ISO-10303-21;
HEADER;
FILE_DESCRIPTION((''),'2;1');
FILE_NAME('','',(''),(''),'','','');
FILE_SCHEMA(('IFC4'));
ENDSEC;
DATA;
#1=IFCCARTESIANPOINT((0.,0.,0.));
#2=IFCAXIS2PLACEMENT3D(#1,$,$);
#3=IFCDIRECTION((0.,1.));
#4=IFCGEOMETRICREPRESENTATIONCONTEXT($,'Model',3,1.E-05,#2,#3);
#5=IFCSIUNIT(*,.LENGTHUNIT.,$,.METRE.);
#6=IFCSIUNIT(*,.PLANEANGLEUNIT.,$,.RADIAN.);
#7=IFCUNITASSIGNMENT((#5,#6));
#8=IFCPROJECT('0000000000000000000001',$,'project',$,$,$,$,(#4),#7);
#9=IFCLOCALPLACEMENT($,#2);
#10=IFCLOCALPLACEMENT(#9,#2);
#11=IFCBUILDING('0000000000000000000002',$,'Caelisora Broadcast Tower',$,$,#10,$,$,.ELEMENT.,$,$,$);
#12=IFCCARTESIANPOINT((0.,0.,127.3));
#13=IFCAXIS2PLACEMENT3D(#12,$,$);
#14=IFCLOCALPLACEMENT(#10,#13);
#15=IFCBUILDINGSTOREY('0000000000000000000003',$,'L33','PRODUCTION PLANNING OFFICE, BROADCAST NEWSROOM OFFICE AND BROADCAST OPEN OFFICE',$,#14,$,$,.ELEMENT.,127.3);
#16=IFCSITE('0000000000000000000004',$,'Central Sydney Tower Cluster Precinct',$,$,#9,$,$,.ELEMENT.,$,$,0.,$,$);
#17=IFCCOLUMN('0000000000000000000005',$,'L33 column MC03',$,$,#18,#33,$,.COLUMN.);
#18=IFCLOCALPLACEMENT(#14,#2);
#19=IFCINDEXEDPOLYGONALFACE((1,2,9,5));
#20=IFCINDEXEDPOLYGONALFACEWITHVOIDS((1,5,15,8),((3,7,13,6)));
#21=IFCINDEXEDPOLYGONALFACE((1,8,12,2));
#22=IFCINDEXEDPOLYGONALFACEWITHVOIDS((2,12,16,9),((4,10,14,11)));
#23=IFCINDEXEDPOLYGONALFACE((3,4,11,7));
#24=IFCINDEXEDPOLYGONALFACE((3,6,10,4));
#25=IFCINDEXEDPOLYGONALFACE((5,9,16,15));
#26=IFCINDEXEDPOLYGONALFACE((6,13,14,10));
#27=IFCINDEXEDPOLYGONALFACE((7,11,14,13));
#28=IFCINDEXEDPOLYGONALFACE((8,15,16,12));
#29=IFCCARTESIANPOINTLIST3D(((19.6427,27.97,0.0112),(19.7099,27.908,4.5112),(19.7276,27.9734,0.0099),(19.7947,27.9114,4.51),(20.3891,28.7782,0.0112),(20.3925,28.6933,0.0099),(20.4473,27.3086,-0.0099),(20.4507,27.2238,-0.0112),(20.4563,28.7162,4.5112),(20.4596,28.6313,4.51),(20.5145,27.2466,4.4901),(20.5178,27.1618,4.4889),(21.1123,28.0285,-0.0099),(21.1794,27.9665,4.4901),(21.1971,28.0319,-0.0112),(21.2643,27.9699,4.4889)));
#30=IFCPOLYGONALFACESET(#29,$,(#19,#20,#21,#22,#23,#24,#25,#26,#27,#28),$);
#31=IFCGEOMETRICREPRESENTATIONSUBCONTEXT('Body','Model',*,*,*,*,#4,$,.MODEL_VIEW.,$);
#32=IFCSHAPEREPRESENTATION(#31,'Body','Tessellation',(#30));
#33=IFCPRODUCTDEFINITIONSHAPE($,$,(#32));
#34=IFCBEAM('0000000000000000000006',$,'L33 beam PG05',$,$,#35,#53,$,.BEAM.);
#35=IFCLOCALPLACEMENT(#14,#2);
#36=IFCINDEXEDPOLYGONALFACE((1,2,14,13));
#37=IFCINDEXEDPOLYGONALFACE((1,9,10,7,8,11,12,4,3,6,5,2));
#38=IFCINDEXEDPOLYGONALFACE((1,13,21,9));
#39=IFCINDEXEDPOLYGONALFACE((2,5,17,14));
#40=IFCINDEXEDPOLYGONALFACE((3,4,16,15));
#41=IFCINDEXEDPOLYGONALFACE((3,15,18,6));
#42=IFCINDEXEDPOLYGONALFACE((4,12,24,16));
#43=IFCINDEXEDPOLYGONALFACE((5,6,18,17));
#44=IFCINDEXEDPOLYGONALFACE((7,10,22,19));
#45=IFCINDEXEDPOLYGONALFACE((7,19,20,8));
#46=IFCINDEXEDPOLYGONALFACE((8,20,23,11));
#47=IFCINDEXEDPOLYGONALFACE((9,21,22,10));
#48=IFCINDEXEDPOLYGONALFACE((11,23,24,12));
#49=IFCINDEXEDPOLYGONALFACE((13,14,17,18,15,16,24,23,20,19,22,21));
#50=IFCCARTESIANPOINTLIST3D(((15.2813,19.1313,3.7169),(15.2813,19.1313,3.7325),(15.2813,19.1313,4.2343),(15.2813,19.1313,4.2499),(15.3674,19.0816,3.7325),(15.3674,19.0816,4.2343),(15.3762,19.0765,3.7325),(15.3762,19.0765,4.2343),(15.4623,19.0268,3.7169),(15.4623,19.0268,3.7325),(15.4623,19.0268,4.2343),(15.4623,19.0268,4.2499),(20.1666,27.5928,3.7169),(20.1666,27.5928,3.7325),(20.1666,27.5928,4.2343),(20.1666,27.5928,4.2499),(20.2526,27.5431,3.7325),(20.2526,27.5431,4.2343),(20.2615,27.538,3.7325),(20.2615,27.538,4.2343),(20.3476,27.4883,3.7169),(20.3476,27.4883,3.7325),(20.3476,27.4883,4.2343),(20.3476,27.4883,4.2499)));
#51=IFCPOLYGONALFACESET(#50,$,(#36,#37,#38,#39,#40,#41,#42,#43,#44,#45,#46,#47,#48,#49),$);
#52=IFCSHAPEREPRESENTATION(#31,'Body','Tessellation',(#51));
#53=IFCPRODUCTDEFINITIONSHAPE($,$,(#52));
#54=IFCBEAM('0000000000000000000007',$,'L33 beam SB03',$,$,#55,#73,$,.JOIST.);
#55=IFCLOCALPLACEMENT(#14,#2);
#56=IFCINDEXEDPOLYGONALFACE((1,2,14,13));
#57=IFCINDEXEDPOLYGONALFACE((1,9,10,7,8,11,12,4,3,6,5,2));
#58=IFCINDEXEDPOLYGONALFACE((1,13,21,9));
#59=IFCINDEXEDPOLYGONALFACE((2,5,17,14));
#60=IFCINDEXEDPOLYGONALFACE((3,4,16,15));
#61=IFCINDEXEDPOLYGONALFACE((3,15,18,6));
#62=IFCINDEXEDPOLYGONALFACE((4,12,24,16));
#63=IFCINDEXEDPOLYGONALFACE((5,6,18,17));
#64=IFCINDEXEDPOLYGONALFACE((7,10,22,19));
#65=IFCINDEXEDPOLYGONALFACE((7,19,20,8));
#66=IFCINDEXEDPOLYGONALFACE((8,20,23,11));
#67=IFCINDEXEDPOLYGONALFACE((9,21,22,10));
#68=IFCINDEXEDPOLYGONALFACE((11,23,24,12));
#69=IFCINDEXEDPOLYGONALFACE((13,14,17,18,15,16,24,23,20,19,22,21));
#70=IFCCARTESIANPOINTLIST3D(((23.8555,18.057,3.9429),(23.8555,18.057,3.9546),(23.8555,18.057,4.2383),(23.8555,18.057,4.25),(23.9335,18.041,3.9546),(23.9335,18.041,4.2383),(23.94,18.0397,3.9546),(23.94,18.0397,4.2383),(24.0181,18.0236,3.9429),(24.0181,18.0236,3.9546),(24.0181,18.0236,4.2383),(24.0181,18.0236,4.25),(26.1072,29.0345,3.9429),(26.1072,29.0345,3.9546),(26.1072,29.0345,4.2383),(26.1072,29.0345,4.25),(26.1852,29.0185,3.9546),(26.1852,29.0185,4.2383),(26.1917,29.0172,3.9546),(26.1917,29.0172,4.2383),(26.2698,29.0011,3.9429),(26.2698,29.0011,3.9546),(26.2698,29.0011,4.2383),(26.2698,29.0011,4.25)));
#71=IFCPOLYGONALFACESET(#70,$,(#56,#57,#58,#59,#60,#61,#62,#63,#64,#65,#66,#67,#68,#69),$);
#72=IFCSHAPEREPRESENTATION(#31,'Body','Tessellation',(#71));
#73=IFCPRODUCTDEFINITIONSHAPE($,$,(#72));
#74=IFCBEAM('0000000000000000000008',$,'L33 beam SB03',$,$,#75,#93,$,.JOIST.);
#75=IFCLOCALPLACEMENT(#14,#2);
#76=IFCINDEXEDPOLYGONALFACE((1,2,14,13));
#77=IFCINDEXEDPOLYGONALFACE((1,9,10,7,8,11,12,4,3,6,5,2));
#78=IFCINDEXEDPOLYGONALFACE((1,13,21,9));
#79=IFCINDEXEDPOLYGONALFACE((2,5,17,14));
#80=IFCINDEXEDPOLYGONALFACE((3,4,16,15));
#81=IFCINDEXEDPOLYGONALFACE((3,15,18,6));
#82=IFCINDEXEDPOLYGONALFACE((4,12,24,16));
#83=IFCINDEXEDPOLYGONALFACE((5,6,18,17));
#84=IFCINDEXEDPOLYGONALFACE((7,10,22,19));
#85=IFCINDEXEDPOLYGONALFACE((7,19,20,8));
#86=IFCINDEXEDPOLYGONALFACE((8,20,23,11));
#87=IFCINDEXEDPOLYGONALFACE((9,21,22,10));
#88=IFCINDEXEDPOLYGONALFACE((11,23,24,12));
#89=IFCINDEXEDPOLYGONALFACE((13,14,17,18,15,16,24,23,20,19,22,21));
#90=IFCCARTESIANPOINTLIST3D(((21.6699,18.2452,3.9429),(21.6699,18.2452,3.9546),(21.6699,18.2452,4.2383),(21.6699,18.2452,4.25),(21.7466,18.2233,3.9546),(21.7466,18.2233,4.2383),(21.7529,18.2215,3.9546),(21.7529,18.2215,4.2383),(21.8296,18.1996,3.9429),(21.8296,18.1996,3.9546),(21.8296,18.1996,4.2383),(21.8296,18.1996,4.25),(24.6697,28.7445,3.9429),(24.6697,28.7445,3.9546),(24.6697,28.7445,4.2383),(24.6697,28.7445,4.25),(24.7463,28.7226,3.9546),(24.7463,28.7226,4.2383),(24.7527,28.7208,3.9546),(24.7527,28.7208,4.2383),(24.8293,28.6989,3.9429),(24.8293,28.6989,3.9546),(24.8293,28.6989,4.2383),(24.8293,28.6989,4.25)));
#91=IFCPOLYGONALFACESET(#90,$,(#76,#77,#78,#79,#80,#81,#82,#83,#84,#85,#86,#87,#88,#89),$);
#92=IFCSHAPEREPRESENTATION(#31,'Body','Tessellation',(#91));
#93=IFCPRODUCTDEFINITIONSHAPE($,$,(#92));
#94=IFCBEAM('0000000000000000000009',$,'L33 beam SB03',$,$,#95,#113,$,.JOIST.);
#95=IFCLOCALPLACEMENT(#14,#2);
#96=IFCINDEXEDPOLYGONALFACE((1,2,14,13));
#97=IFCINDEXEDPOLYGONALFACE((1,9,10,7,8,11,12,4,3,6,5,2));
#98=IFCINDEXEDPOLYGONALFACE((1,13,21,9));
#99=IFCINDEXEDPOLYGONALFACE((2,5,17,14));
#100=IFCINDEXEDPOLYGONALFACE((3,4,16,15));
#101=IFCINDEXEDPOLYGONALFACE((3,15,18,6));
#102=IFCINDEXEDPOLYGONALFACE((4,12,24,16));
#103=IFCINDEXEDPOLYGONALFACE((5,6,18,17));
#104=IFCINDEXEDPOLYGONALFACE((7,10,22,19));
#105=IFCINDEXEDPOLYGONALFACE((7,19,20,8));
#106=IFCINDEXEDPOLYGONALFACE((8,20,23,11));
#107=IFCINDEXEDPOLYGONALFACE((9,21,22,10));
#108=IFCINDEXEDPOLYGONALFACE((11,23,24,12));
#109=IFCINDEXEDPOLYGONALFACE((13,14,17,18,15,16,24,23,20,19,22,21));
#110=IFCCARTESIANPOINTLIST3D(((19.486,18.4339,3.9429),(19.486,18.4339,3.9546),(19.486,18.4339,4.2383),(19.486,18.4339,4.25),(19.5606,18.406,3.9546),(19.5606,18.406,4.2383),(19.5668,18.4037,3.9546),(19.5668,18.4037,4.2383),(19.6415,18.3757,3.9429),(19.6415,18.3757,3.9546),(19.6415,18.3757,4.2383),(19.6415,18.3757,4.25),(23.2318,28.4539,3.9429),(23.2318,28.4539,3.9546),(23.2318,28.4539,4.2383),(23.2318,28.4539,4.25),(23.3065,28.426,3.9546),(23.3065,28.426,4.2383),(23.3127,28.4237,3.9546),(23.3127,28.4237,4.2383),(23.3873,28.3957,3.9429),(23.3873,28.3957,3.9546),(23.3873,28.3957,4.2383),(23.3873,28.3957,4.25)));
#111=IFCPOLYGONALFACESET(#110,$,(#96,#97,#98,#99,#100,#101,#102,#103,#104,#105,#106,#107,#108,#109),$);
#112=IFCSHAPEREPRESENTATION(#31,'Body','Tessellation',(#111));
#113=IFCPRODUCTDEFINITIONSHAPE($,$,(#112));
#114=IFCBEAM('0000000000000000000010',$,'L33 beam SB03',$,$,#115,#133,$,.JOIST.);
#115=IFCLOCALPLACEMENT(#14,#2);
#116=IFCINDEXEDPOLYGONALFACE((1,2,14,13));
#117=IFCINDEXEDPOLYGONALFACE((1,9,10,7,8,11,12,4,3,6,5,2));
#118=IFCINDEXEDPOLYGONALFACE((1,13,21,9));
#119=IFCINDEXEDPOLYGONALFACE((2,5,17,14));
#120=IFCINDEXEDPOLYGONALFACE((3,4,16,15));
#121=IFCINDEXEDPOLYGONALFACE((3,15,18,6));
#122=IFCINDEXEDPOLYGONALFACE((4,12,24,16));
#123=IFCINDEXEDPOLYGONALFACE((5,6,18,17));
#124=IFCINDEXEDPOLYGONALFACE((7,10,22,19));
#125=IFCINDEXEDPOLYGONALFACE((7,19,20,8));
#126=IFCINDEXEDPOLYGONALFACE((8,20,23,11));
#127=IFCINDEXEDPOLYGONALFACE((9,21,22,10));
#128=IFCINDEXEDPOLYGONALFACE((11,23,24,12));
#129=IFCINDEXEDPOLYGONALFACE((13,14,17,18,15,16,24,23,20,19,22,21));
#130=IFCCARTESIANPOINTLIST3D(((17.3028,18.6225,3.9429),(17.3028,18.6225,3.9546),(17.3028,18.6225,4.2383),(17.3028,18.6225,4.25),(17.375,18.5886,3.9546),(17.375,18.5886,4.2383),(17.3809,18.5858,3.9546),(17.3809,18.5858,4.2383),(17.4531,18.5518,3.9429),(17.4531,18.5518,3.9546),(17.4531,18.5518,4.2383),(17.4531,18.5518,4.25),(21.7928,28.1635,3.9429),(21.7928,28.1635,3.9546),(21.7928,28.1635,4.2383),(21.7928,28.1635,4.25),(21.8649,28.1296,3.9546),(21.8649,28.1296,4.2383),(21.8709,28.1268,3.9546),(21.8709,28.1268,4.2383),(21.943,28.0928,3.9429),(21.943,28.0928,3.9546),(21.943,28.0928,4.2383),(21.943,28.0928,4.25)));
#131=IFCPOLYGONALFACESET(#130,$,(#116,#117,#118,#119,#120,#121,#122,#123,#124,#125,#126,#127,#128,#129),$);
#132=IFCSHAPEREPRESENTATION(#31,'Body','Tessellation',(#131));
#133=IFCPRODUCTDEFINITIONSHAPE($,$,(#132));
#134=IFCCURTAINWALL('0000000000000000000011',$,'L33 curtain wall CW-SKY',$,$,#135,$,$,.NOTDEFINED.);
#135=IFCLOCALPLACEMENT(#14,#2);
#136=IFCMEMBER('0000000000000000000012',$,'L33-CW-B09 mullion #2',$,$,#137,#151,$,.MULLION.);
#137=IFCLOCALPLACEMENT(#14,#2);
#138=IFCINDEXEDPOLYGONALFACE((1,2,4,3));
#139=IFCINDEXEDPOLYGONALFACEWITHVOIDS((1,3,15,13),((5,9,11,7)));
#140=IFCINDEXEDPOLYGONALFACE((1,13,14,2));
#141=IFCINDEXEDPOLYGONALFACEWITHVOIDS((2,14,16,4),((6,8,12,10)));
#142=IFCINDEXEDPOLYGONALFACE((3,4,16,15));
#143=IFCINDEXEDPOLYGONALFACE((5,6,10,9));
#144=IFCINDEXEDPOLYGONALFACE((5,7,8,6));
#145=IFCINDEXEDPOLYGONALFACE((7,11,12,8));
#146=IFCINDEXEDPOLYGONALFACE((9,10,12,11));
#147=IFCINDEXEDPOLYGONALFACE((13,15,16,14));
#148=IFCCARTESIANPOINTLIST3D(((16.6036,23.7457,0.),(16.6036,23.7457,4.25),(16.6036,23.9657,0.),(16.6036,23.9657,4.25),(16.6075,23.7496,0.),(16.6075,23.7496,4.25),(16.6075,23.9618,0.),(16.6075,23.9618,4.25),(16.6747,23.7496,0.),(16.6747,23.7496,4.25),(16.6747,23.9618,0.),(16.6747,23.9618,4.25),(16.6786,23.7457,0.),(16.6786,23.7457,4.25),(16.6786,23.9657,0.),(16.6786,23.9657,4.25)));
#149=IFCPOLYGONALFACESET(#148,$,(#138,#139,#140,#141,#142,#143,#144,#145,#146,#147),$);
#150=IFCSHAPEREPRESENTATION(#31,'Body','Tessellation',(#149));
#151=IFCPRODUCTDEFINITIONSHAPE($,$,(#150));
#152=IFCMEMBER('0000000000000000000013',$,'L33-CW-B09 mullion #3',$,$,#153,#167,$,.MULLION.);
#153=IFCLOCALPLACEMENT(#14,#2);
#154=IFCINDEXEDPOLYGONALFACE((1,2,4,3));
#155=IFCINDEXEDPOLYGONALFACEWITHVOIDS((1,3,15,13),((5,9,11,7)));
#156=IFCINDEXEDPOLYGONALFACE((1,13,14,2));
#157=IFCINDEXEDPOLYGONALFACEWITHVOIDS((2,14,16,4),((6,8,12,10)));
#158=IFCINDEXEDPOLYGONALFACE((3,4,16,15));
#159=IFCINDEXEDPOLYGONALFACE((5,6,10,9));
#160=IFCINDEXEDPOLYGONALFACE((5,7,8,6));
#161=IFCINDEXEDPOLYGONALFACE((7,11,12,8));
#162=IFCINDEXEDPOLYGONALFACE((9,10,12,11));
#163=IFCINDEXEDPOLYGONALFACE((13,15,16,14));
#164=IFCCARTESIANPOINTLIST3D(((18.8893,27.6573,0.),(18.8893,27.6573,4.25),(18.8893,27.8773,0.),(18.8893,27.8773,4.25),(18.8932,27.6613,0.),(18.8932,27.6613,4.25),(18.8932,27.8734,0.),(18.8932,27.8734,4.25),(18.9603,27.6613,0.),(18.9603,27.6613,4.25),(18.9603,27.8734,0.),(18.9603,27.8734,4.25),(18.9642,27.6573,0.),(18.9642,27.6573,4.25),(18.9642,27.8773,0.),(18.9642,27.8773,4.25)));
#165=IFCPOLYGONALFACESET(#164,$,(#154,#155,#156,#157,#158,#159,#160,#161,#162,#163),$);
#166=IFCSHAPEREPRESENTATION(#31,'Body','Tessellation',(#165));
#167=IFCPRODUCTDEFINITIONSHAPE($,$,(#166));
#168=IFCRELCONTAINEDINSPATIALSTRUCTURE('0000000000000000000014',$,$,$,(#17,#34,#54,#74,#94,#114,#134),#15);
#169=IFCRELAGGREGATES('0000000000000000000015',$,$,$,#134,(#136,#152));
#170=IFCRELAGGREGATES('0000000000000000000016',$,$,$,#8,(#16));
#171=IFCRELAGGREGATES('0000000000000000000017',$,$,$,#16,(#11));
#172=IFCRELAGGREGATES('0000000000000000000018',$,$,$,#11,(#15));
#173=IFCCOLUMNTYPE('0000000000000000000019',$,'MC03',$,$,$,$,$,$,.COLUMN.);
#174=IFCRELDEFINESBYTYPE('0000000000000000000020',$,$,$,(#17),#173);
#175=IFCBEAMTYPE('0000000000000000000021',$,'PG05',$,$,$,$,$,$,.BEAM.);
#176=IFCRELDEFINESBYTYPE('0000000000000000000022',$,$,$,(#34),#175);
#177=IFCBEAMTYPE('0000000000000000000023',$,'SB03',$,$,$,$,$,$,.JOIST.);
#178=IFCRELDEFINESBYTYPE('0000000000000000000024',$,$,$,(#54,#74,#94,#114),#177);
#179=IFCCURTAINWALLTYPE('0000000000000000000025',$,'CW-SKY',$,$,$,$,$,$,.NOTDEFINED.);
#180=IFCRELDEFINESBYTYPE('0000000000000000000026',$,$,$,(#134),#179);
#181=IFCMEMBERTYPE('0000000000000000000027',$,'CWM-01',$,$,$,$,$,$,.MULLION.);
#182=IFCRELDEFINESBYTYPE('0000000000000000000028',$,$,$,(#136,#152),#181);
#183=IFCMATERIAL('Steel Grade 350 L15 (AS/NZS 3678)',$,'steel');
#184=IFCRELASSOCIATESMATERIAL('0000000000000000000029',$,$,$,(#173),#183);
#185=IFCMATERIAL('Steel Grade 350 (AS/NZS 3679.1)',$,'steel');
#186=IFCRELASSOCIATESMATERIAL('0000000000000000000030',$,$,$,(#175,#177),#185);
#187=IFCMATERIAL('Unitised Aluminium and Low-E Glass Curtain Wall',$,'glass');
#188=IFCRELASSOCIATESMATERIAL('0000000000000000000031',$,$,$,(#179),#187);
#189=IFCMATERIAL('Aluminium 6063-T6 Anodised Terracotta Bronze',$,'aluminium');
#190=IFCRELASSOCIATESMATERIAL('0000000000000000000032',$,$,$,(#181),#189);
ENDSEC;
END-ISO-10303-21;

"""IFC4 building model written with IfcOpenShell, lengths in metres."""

from ifc_helpers import new_model, si_unit, direction, frame, origin, origin_2d, place, context, subcontext, project, spatial, hollow_rectangle, i_section, extrude, source, transform, mapped, material, material_profile, profile_set, type_object, type_shapes, element, aggregate, save


model = new_model("IFC4")

# Units and contexts
model_context = context("Model", 3, precision=1e-05, world=origin(), true_north=direction((0.0, 1.0)))
body_context = subcontext(model_context, "Body", "Model", "MODEL_VIEW")
ifc_project = project(units=[si_unit("LENGTHUNIT", "METRE"), si_unit("PLANEANGLEUNIT", "RADIAN")], contexts=[model_context])

# Site, building, storey
site_placement = place(None, origin())
site = spatial("IfcSite", under=ifc_project, at=site_placement, Name="Central Sydney Tower Cluster Precinct", CompositionType="ELEMENT", RefElevation=0.0)
building_placement = place(site_placement, origin())
building = spatial("IfcBuilding", under=site, at=building_placement, Name="Caelisora Broadcast Tower", CompositionType="ELEMENT")
storey_placement = place(building_placement, frame((0.0, 0.0, 127.3)))
storey = spatial("IfcBuildingStorey", under=building, at=storey_placement, Name="L33", Description="PRODUCTION PLANNING OFFICE, BROADCAST NEWSROOM OFFICE AND BROADCAST OPEN OFFICE", CompositionType="ELEMENT", Elevation=127.3)

# Column
ifc_material_1 = material(Name="Steel Grade 350 L15 (AS/NZS 3678)", Category="steel")
ifc_material_profile_1 = material_profile(ifc_material_1, hollow_rectangle(XDim=1.1001, YDim=1.1001, WallThickness=0.0601, at=origin_2d()), Name="Steel Grade 350 L15 (AS/NZS 3678)")
ifc_profile_set_1 = profile_set([ifc_material_profile_1], Name="Steel Grade 350 L15 (AS/NZS 3678)")
column_type = type_object("IfcColumnType", Name="MC03", PredefinedType="COLUMN", material=ifc_profile_set_1)
shared_shape_1 = source(origin(), body_context, "Body", "SweptSolid", [
    extrude(hollow_rectangle(XDim=1.1001, YDim=1.1001, WallThickness=0.0601, at=origin_2d()), origin(), (0.0, 0.0, 1.0), 4.501),
])
type_shapes(column_type, [shared_shape_1])
column_placement = place(storey_placement, frame((20.4199, 28.001, 0.0), z_axis=(0.014917, -0.013778, 0.999794), x_axis=(0.678502, 0.734599, 0.0)))
element("IfcColumn", 1, at=column_placement, inside=storey, type_object=column_type, Name="L33 column MC03", PredefinedType="COLUMN", context=body_context, shape_type="MappedRepresentation", body=[
    mapped(shared_shape_1, transform((0.0, 0.0, 0.0), scale=1.0)),
])

# Beams
ifc_material_2 = material(Name="Steel Grade 350 (AS/NZS 3679.1)", Category="steel")
ifc_material_profile_2 = material_profile(ifc_material_2, i_section(OverallWidth=0.209, OverallDepth=0.533, WebThickness=0.0103, FlangeThickness=0.0156, at=origin_2d()), Name="Steel Grade 350 (AS/NZS 3679.1)")
ifc_profile_set_2 = profile_set([ifc_material_profile_2], Name="Steel Grade 350 (AS/NZS 3679.1)")
beam_type_1 = type_object("IfcBeamType", Name="PG05", PredefinedType="BEAM", material=ifc_profile_set_2)
shared_shape_2 = source(origin(), body_context, "Body", "SweptSolid", [
    extrude(i_section(OverallWidth=0.209, OverallDepth=0.533, WebThickness=0.0103, FlangeThickness=0.0156, at=origin_2d()), origin(), (0.0, 0.0, 1.0), 9.7705),
])
type_shapes(beam_type_1, [shared_shape_2])
beam_1_placement = place(storey_placement, frame((20.2571, 27.5405, 3.9834), z_axis=(-0.500004, -0.866023, 0.0), x_axis=(0.866023, -0.500004, 0.0)))
element("IfcBeam", 2, at=beam_1_placement, inside=storey, type_object=beam_type_1, Name="L33 beam PG05", PredefinedType="BEAM", context=body_context, shape_type="MappedRepresentation", body=[
    mapped(shared_shape_2, transform((0.0, 0.0, 0.0), scale=1.0)),
])
ifc_material_profile_3 = material_profile(ifc_material_2, i_section(OverallWidth=0.166, OverallDepth=0.3071, WebThickness=0.0066, FlangeThickness=0.0117, at=origin_2d()), Name="Steel Grade 350 (AS/NZS 3679.1)")
ifc_profile_set_3 = profile_set([ifc_material_profile_3], Name="Steel Grade 350 (AS/NZS 3679.1)")
beam_type_2 = type_object("IfcBeamType", Name="SB03", PredefinedType="JOIST", material=ifc_profile_set_3)
shared_shape_3 = source(origin(), body_context, "Body", "SweptSolid", [
    extrude(i_section(OverallWidth=0.166, OverallDepth=0.3071, WebThickness=0.0066, FlangeThickness=0.0117, at=origin_2d()), origin(), (0.0, 0.0, 1.0), 11.2061),
])
beam_2_placement = place(storey_placement, frame((26.1885, 29.0178, 4.0964), z_axis=(-0.200936, -0.979604, 0.0), x_axis=(0.979604, -0.200936, 0.0)))
element("IfcBeam", 3, at=beam_2_placement, inside=storey, type_object=beam_type_2, Name="L33 beam SB03", PredefinedType="JOIST", context=body_context, shape_type="MappedRepresentation", body=[
    mapped(shared_shape_3, transform((0.0, 0.0, 0.0), scale=1.0)),
])
shared_shape_4 = source(origin(), body_context, "Body", "SweptSolid", [
    extrude(i_section(OverallWidth=0.166, OverallDepth=0.3071, WebThickness=0.0066, FlangeThickness=0.0117, at=origin_2d()), origin(), (0.0, 0.0, 1.0), 10.9194),
])
beam_3_placement = place(storey_placement, frame((24.7495, 28.7217, 4.0964), z_axis=(-0.274718, -0.961525, 0.0), x_axis=(0.961525, -0.274718, 0.0)))
element("IfcBeam", 4, at=beam_3_placement, inside=storey, type_object=beam_type_2, Name="L33 beam SB03", PredefinedType="JOIST", context=body_context, shape_type="MappedRepresentation", body=[
    mapped(shared_shape_4, transform((0.0, 0.0, 0.0), scale=1.0)),
])
shared_shape_5 = source(origin(), body_context, "Body", "SweptSolid", [
    extrude(i_section(OverallWidth=0.166, OverallDepth=0.3071, WebThickness=0.0066, FlangeThickness=0.0117, at=origin_2d()), origin(), (0.0, 0.0, 1.0), 10.6973),
])
beam_4_placement = place(storey_placement, frame((23.3096, 28.4248, 4.0964), z_axis=(-0.350168, -0.936687, 0.0), x_axis=(0.936687, -0.350168, 0.0)))
element("IfcBeam", 5, at=beam_4_placement, inside=storey, type_object=beam_type_2, Name="L33 beam SB03", PredefinedType="JOIST", context=body_context, shape_type="MappedRepresentation", body=[
    mapped(shared_shape_5, transform((0.0, 0.0, 0.0), scale=1.0)),
])
shared_shape_6 = source(origin(), body_context, "Body", "SweptSolid", [
    extrude(i_section(OverallWidth=0.166, OverallDepth=0.3071, WebThickness=0.0066, FlangeThickness=0.0117, at=origin_2d()), origin(), (0.0, 0.0, 1.0), 10.5447),
])
type_shapes(beam_type_2, [shared_shape_3, shared_shape_4, shared_shape_5, shared_shape_6])
beam_5_placement = place(storey_placement, frame((21.8679, 28.1282, 4.0964), z_axis=(-0.425805, -0.904815, 0.0), x_axis=(0.904815, -0.425805, 0.0)))
element("IfcBeam", 6, at=beam_5_placement, inside=storey, type_object=beam_type_2, Name="L33 beam SB03", PredefinedType="JOIST", context=body_context, shape_type="MappedRepresentation", body=[
    mapped(shared_shape_6, transform((0.0, 0.0, 0.0), scale=1.0)),
])

# Curtain wall, members
ifc_material_3 = material(Name="Unitised Aluminium and Low-E Glass Curtain Wall", Category="glass")
curtain_wall_type_1 = type_object("IfcCurtainWallType", Name="CW-SKY", PredefinedType="NOTDEFINED", material=ifc_material_3)
curtain_wall_1_placement = place(storey_placement, origin())
curtain_wall_1 = element("IfcCurtainWall", 7, at=curtain_wall_1_placement, inside=storey, type_object=curtain_wall_type_1, Name="L33 curtain wall CW-SKY", PredefinedType="NOTDEFINED")
ifc_material_4 = material(Name="Aluminium 6063-T6 Anodised Terracotta Bronze", Category="aluminium")
ifc_material_profile_4 = material_profile(ifc_material_4, hollow_rectangle(XDim=0.075, YDim=0.22, WallThickness=0.0039, at=origin_2d()), Name="Aluminium 6063-T6 Anodised Terracotta Bronze")
ifc_profile_set_4 = profile_set([ifc_material_profile_4], Name="Aluminium 6063-T6 Anodised Terracotta Bronze")
member_type_1 = type_object("IfcMemberType", Name="CWM-01", PredefinedType="MULLION", material=ifc_profile_set_4)
shared_shape_7 = source(origin(), body_context, "Body", "SweptSolid", [
    extrude(hollow_rectangle(XDim=0.075, YDim=0.22, WallThickness=0.0039, at=origin_2d()), origin(), (0.0, 0.0, 1.0), 4.25),
])
type_shapes(member_type_1, [shared_shape_7])
member_1_placement = place(storey_placement, frame((16.6411, 23.8557, 0.0), z_axis=(0.0, 0.0, 1.0), x_axis=(1.0, 0.0, 0.0)))
member_1 = element("IfcMember", 8, at=member_1_placement, type_object=member_type_1, Name="L33-CW-B09 mullion #2", PredefinedType="MULLION", context=body_context, shape_type="MappedRepresentation", body=[
    mapped(shared_shape_7, transform((0.0, 0.0, 0.0), scale=1.0)),
])
member_2_placement = place(storey_placement, frame((18.9268, 27.7673, 0.0), z_axis=(0.0, 0.0, 1.0), x_axis=(1.0, 0.0, 0.0)))
member_2 = element("IfcMember", 9, at=member_2_placement, type_object=member_type_1, Name="L33-CW-B09 mullion #3", PredefinedType="MULLION", context=body_context, shape_type="MappedRepresentation", body=[
    mapped(shared_shape_7, transform((0.0, 0.0, 0.0), scale=1.0)),
])

aggregate(curtain_wall_1, [member_1, member_2])

save(model, "model.ifc")
